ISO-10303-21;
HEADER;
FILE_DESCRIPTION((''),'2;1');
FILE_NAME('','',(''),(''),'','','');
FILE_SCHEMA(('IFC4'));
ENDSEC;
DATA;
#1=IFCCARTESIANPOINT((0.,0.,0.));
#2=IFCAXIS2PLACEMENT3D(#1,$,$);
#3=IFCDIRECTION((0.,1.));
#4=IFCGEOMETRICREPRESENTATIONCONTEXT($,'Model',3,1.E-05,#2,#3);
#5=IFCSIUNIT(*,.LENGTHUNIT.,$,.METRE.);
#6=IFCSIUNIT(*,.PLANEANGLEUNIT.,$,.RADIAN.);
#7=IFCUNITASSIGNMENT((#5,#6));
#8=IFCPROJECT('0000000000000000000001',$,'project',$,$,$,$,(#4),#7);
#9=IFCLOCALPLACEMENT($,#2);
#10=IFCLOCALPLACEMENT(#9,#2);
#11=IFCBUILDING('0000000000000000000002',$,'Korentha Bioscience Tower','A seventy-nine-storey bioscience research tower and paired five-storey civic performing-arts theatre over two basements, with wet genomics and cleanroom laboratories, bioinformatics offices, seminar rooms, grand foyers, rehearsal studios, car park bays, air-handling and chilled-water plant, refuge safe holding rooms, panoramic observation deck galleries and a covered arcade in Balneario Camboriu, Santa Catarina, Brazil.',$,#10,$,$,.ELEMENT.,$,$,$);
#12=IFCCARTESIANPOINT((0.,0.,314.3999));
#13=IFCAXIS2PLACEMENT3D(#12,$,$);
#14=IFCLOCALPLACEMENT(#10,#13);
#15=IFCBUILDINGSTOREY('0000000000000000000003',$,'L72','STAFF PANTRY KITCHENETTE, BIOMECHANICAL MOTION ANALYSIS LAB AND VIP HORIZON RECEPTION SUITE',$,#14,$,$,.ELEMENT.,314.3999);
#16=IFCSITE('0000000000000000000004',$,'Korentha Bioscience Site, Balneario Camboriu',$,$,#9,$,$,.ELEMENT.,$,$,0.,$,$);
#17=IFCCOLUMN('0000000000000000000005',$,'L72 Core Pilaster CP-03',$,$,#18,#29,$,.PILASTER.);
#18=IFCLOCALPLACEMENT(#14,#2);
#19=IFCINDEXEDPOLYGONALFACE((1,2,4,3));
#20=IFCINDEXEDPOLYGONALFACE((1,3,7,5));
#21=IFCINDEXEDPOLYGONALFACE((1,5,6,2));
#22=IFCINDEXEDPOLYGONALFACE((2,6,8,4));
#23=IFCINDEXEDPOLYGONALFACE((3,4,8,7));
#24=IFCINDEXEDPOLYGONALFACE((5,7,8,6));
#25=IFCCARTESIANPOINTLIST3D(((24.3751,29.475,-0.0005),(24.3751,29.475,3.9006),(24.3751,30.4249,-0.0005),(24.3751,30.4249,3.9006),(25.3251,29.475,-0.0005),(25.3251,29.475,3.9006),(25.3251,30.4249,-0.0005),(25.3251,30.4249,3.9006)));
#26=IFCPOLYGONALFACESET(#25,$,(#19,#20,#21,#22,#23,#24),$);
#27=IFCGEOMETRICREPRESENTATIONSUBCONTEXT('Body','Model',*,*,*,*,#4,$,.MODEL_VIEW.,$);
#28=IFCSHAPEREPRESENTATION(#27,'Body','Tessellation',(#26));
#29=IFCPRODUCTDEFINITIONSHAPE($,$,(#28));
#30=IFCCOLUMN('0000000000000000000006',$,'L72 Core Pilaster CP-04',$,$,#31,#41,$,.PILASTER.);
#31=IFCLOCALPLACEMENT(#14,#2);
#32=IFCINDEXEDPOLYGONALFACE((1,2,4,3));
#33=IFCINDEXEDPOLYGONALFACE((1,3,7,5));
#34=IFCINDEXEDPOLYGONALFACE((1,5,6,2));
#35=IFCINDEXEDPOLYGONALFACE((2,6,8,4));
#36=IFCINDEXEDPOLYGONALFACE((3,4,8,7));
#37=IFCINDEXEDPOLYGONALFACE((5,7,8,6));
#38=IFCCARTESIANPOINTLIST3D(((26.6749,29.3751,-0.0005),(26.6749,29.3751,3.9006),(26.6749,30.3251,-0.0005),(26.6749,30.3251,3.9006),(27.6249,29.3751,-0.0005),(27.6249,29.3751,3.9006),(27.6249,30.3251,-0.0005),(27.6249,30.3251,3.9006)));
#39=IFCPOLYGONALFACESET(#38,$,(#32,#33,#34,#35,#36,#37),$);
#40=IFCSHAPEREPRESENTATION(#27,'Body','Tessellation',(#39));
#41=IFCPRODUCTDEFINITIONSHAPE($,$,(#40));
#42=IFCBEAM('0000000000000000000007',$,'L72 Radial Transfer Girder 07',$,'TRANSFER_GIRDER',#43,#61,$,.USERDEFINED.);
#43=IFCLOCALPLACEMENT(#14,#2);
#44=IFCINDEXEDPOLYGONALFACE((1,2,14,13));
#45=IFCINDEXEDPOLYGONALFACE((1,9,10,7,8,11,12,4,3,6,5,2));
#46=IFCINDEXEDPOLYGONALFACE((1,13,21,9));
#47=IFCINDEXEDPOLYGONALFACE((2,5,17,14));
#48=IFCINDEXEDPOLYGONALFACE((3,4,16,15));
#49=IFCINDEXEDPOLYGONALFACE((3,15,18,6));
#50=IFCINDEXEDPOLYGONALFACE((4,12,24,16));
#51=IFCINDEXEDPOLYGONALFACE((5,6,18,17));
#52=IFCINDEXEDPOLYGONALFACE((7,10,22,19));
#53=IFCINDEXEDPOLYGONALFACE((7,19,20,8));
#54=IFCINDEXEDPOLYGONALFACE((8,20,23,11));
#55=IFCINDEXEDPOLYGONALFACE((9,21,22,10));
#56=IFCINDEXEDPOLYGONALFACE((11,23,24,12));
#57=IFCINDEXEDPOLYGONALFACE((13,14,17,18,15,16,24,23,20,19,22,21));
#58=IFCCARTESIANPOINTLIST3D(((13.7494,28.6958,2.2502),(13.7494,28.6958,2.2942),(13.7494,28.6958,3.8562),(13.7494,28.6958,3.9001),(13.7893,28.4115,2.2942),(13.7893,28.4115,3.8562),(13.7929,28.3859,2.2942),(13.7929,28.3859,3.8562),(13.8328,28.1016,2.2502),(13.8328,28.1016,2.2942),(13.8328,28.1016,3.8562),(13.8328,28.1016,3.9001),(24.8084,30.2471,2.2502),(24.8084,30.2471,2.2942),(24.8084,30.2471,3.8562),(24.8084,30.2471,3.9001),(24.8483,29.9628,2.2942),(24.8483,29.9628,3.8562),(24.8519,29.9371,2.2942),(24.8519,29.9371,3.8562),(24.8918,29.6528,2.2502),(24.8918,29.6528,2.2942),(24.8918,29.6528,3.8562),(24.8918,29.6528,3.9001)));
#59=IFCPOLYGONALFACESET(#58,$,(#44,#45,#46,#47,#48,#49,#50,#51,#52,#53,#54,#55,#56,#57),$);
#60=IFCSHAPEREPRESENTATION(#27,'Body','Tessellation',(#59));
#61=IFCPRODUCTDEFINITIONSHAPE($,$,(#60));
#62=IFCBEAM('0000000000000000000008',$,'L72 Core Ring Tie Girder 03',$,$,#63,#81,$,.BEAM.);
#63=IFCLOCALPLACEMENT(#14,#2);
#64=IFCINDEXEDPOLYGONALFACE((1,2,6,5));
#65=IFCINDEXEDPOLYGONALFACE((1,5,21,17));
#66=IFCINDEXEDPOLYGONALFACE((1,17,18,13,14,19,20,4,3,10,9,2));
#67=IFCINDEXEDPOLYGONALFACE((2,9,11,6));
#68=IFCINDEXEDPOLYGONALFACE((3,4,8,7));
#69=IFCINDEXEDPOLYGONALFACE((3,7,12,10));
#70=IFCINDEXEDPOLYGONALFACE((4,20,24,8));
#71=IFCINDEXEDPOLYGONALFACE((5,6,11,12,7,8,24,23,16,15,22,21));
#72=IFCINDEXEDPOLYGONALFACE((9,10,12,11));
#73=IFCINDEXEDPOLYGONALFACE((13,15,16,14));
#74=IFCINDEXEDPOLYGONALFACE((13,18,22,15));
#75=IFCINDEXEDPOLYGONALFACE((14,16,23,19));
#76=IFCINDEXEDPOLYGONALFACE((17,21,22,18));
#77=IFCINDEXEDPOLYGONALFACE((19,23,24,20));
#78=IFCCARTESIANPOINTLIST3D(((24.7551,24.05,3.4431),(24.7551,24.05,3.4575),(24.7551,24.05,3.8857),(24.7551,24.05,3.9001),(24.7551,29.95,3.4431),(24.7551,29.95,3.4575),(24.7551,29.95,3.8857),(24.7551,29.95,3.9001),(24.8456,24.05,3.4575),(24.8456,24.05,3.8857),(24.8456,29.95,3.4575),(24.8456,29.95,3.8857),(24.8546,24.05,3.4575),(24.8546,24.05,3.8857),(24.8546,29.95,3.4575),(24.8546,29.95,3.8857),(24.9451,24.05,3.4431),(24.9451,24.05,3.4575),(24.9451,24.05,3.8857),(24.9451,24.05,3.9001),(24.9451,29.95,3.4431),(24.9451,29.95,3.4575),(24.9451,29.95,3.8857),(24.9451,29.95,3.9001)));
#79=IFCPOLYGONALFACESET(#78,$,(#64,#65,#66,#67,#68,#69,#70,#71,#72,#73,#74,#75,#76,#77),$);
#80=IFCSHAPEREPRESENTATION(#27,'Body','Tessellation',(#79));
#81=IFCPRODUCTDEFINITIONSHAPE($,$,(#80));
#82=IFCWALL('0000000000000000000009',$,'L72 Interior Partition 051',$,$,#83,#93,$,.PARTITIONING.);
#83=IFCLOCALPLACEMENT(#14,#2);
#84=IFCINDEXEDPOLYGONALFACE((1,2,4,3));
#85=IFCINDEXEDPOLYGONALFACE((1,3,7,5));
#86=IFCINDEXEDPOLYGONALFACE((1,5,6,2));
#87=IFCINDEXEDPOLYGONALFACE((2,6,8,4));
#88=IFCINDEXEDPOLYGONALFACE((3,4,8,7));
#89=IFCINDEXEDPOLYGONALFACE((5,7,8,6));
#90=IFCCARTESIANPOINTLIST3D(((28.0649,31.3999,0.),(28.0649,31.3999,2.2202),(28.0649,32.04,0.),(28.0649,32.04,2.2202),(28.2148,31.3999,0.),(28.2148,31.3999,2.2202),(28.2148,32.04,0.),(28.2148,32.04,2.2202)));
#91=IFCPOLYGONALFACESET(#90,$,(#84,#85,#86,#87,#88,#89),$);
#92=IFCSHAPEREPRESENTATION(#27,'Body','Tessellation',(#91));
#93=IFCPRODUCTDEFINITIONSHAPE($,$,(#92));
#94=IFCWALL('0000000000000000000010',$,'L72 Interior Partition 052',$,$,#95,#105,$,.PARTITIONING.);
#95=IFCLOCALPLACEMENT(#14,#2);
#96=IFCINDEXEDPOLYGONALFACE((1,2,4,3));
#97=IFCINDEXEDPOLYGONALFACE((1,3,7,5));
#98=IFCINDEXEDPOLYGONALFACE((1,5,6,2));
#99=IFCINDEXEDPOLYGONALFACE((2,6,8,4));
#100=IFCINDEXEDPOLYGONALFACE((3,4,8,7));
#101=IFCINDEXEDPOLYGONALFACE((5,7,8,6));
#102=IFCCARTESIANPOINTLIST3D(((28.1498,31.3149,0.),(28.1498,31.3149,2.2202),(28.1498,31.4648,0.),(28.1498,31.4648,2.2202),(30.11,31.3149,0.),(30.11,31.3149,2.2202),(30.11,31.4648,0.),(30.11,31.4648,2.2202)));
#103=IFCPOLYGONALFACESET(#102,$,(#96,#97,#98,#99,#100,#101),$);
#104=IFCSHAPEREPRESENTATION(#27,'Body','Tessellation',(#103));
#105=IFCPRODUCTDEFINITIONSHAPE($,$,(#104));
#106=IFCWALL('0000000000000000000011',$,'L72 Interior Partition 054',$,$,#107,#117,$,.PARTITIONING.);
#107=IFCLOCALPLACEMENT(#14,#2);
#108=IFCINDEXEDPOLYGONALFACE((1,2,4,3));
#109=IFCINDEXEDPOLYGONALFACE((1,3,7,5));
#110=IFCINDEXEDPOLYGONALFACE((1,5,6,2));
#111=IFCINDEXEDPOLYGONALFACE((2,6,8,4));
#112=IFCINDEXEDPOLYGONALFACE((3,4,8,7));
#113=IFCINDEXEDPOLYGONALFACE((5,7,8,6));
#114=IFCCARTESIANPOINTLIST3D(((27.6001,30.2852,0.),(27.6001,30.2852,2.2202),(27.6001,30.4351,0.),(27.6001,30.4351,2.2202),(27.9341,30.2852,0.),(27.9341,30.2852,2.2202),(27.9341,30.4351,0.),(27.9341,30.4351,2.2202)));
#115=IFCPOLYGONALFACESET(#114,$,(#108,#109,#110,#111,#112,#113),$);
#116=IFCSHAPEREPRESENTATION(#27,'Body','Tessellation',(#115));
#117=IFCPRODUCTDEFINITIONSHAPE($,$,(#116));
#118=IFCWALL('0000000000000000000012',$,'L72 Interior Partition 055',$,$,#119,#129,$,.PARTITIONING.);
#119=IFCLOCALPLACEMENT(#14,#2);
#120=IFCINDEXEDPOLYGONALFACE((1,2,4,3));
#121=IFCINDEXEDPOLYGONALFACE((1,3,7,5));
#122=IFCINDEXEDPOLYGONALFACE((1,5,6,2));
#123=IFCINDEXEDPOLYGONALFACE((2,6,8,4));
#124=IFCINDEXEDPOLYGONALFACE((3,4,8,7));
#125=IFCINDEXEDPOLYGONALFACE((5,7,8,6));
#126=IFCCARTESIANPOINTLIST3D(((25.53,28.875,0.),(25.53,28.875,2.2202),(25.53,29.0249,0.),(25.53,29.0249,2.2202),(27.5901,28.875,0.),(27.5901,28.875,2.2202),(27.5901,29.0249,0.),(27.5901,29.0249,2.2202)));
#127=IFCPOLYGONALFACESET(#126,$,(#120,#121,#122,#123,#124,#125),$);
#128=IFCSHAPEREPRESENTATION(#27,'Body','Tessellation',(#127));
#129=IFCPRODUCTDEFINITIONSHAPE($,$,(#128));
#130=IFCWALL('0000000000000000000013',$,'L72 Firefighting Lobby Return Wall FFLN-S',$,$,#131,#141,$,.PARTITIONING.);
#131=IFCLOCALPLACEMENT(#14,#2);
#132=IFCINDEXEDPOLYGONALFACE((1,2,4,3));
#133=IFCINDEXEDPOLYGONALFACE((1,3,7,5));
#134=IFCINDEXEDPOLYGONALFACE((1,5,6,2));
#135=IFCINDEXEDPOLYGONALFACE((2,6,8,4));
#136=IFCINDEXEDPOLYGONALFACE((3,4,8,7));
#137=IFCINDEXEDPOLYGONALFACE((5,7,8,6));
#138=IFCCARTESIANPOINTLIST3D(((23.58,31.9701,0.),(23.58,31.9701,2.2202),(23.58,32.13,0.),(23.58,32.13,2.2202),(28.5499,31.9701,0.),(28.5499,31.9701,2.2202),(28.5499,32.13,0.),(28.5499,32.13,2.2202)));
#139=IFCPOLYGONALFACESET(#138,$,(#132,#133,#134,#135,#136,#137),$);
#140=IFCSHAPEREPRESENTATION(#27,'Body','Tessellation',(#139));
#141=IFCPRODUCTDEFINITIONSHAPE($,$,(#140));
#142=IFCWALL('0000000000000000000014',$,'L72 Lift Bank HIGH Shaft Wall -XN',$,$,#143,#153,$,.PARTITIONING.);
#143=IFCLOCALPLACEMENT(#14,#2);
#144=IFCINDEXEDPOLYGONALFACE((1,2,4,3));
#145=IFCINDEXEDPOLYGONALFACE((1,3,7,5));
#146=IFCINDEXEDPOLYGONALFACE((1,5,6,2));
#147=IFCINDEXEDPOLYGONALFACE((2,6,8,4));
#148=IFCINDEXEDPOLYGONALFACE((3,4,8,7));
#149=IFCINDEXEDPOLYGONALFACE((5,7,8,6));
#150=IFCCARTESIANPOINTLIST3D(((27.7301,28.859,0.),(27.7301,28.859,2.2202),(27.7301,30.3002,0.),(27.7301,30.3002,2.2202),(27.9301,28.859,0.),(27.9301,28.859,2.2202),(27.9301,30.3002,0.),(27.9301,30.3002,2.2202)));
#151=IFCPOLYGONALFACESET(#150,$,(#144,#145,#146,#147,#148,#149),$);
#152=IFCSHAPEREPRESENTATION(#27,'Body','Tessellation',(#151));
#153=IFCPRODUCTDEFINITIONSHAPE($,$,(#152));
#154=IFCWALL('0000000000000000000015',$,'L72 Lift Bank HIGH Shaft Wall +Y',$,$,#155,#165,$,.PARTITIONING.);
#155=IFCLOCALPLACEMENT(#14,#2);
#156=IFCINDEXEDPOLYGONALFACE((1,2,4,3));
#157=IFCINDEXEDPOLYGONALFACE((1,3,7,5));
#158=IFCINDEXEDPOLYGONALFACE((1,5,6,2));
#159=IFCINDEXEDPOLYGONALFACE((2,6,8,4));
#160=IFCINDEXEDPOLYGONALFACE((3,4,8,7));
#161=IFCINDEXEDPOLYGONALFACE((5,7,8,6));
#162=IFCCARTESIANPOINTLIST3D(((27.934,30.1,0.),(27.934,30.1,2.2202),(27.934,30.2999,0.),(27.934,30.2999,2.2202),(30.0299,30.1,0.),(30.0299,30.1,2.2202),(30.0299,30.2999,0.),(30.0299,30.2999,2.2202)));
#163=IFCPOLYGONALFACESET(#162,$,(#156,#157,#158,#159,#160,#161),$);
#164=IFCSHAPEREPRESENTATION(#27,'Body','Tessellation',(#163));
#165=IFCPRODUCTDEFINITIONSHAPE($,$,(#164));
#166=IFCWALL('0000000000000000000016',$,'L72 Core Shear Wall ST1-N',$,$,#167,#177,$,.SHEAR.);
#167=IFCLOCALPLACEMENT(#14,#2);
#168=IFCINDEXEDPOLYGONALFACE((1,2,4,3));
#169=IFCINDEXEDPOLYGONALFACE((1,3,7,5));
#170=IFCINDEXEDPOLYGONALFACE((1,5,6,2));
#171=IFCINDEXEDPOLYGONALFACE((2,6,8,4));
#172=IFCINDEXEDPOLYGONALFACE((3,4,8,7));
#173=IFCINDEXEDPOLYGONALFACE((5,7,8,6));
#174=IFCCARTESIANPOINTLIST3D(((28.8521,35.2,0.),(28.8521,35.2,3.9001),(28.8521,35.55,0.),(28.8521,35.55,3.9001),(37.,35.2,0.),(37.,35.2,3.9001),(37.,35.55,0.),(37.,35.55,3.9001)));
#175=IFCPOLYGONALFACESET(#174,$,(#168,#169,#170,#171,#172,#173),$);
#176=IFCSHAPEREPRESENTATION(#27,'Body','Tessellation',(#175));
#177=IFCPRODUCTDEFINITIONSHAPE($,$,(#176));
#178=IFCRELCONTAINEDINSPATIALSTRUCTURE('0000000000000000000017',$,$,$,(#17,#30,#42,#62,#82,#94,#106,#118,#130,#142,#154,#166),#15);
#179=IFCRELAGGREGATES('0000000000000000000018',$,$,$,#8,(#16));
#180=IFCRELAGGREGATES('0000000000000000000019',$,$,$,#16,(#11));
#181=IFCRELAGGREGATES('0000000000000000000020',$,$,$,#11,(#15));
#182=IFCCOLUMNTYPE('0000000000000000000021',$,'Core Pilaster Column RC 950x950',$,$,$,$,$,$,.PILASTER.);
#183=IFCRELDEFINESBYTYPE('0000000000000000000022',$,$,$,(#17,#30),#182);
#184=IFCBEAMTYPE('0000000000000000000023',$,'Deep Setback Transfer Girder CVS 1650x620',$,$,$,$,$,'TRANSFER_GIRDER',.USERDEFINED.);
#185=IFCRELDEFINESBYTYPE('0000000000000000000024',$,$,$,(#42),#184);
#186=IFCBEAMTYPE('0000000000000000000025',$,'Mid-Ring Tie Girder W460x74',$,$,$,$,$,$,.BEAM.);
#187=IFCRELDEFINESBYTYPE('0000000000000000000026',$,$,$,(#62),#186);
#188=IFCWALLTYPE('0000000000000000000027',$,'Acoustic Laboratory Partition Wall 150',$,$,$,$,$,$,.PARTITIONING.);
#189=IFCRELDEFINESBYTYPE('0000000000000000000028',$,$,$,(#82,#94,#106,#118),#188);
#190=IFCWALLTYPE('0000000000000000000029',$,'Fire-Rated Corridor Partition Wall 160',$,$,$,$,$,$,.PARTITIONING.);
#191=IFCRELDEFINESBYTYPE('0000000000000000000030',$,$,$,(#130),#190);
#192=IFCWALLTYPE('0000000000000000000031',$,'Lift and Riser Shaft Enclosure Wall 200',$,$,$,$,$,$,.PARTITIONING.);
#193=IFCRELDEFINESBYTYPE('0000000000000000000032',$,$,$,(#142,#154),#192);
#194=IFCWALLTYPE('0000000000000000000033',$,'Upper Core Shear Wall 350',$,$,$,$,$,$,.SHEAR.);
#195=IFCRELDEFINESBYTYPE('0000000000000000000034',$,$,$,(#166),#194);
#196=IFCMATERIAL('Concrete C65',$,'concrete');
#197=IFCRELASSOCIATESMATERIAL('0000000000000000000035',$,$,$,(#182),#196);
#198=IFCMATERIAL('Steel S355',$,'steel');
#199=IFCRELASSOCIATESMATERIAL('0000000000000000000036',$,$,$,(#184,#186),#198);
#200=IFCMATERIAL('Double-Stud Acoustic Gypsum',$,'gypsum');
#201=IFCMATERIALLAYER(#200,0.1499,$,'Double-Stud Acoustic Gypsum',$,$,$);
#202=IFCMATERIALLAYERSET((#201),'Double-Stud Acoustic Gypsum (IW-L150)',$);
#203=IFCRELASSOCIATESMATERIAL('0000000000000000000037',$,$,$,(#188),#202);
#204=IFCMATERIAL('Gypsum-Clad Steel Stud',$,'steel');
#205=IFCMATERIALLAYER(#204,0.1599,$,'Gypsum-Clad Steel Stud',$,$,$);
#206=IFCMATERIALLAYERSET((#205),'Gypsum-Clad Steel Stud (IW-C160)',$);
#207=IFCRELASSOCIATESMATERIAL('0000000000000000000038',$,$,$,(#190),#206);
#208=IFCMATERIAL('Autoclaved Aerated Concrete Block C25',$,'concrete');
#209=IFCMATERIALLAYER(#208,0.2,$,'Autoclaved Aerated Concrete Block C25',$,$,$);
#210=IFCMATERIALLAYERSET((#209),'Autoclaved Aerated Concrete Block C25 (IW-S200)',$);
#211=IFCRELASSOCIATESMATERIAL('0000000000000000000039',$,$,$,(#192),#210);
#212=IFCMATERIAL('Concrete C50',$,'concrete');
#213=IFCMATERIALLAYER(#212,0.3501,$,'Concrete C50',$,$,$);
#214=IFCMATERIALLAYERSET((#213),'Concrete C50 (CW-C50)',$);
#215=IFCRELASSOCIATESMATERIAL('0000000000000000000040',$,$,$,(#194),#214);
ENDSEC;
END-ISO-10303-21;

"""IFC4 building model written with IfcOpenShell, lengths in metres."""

from ifc_helpers import new_model, si_unit, direction, frame, frame_2d, origin, origin_2d, place, context, subcontext, project, spatial, rectangle, i_section, extrude, material, layer, layer_set, material_profile, profile_set, type_object, element, save


model = new_model("IFC4")

# Units and contexts
model_context = context("Model", 3, precision=1e-05, world=origin(), true_north=direction((0.0, 1.0)))
body_context = subcontext(model_context, "Body", "Model", "MODEL_VIEW")
ifc_project = project(units=[si_unit("LENGTHUNIT", "METRE"), si_unit("PLANEANGLEUNIT", "RADIAN")], contexts=[model_context])

# Site, building, storey
site_placement = place(None, origin())
site = spatial("IfcSite", under=ifc_project, at=site_placement, Name="Korentha Bioscience Site, Balneario Camboriu", CompositionType="ELEMENT", RefElevation=0.0)
building_placement = place(site_placement, origin())
building = spatial("IfcBuilding", under=site, at=building_placement, Name="Korentha Bioscience Tower", Description="A seventy-nine-storey bioscience research tower and paired five-storey civic performing-arts theatre over two basements, with wet genomics and cleanroom laboratories, bioinformatics offices, seminar rooms, grand foyers, rehearsal studios, car park bays, air-handling and chilled-water plant, refuge safe holding rooms, panoramic observation deck galleries and a covered arcade in Balneario Camboriu, Santa Catarina, Brazil.", CompositionType="ELEMENT")
storey_placement = place(building_placement, frame((0.0, 0.0, 314.3999)))
storey = spatial("IfcBuildingStorey", under=building, at=storey_placement, Name="L72", Description="STAFF PANTRY KITCHENETTE, BIOMECHANICAL MOTION ANALYSIS LAB AND VIP HORIZON RECEPTION SUITE", CompositionType="ELEMENT", Elevation=314.3999)

# Columns
ifc_material_1 = material(Name="Concrete C65", Category="concrete")
ifc_material_profile_1 = material_profile(ifc_material_1, rectangle(XDim=0.95, YDim=0.95, at=origin_2d()), Name="Concrete C65")
ifc_profile_set_1 = profile_set([ifc_material_profile_1], Name="Concrete C65 (COL-CP09)")
column_type = type_object("IfcColumnType", Name="Core Pilaster Column RC 950x950", PredefinedType="PILASTER", material=ifc_profile_set_1)
for number, where, z_axis, x_axis, name in (
    (1, (24.8501, 29.95, -0.0005), (0.0, 0.0, 1.0), (1.0, 0.0, 0.0), "L72 Core Pilaster CP-03"),
    (2, (27.1499, 29.8501, -0.0005), (0.0, 0.0, 1.0), (1.0, 0.0, 0.0), "L72 Core Pilaster CP-04"),
):
    element("IfcColumn", number, at=place(storey_placement, frame(where, z_axis=z_axis, x_axis=x_axis)), inside=storey, type_object=column_type, Name=name, PredefinedType="PILASTER", context=body_context, shape_type="SweptSolid", body=[
        extrude(rectangle(XDim=0.95, YDim=0.95, at=origin_2d()), origin(), (0.0, 0.0, 1.0), 3.9011),
    ])

# Beams
ifc_material_2 = material(Name="Steel S355", Category="steel")
ifc_material_profile_2 = material_profile(ifc_material_2, i_section(OverallWidth=0.6001, OverallDepth=1.6499, WebThickness=0.0259, FlangeThickness=0.0439, at=origin_2d()), Name="Steel S355")
ifc_profile_set_2 = profile_set([ifc_material_profile_2], Name="Steel S355 (TG-04)")
beam_type_1 = type_object("IfcBeamType", Name="Deep Setback Transfer Girder CVS 1650x620", ElementType="TRANSFER_GIRDER", PredefinedType="USERDEFINED", material=ifc_profile_set_2)
beam_1_placement = place(storey_placement, frame((24.8501, 29.95, 3.0752), z_axis=(-0.990305, -0.138911, 0.0), x_axis=(0.138911, -0.990305, 0.0)))
element("IfcBeam", 3, at=beam_1_placement, inside=storey, type_object=beam_type_1, Name="L72 Radial Transfer Girder 07", ObjectType="TRANSFER_GIRDER", PredefinedType="USERDEFINED", context=body_context, shape_type="SweptSolid", body=[
    extrude(i_section(OverallWidth=0.6001, OverallDepth=1.6499, WebThickness=0.0259, FlangeThickness=0.0439, at=origin_2d()), origin(), (0.0, 0.0, 1.0), 11.1672),
])
ifc_material_profile_3 = material_profile(ifc_material_2, i_section(OverallWidth=0.1899, OverallDepth=0.457, WebThickness=0.009, FlangeThickness=0.0144, at=origin_2d()), Name="Steel S355")
ifc_profile_set_3 = profile_set([ifc_material_profile_3], Name="Steel S355 (MB-460)")
beam_type_2 = type_object("IfcBeamType", Name="Mid-Ring Tie Girder W460x74", PredefinedType="BEAM", material=ifc_profile_set_3)
beam_2_placement = place(storey_placement, frame((24.8501, 29.95, 3.6716), z_axis=(0.0, -1.0, 0.0), x_axis=(1.0, 0.0, 0.0)))
element("IfcBeam", 4, at=beam_2_placement, inside=storey, type_object=beam_type_2, Name="L72 Core Ring Tie Girder 03", PredefinedType="BEAM", context=body_context, shape_type="SweptSolid", body=[
    extrude(i_section(OverallWidth=0.1899, OverallDepth=0.457, WebThickness=0.009, FlangeThickness=0.0144, at=origin_2d()), origin(), (0.0, 0.0, 1.0), 5.8999),
])

# Shared definitions
ifc_material_3 = material(Name="Double-Stud Acoustic Gypsum", Category="gypsum")
ifc_layer_1 = layer(ifc_material_3, 0.1499, Name="Double-Stud Acoustic Gypsum")
ifc_layer_set_1 = layer_set([ifc_layer_1], Name="Double-Stud Acoustic Gypsum (IW-L150)")
wall_type_1 = type_object("IfcWallType", Name="Acoustic Laboratory Partition Wall 150", PredefinedType="PARTITIONING", material=ifc_layer_set_1)

# Walls
wall_1_placement = place(storey_placement, frame((28.1399, 32.04, 0.0), z_axis=(0.0, 0.0, 1.0), x_axis=(0.0, -1.0, 0.0)))
element("IfcWall", 5, at=wall_1_placement, inside=storey, type_object=wall_type_1, Name="L72 Interior Partition 051", PredefinedType="PARTITIONING", context=body_context, shape_type="SweptSolid", body=[
    extrude(rectangle(XDim=0.6401, YDim=0.1499, at=frame_2d((0.3201, 0.0))), origin(), (0.0, 0.0, 1.0), 2.2202),
])
wall_2_placement = place(storey_placement, frame((28.1499, 31.3899, 0.0), z_axis=(0.0, 0.0, 1.0), x_axis=(1.0, 0.0, 0.0)))
element("IfcWall", 6, at=wall_2_placement, inside=storey, type_object=wall_type_1, Name="L72 Interior Partition 052", PredefinedType="PARTITIONING", context=body_context, shape_type="SweptSolid", body=[
    extrude(rectangle(XDim=1.9602, YDim=0.1499, at=frame_2d((0.98, 0.0))), origin(), (0.0, 0.0, 1.0), 2.2202),
])
wall_3_placement = place(storey_placement, frame((27.9341, 30.3601, 0.0), z_axis=(0.0, 0.0, 1.0), x_axis=(-1.0, 0.0, 0.0)))
element("IfcWall", 7, at=wall_3_placement, inside=storey, type_object=wall_type_1, Name="L72 Interior Partition 054", PredefinedType="PARTITIONING", context=body_context, shape_type="SweptSolid", body=[
    extrude(rectangle(XDim=0.334, YDim=0.1499, at=frame_2d((0.167, 0.0))), origin(), (0.0, 0.0, 1.0), 2.2202),
])
wall_4_placement = place(storey_placement, frame((27.5901, 28.95, 0.0), z_axis=(0.0, 0.0, 1.0), x_axis=(-1.0, 0.0, 0.0)))
element("IfcWall", 8, at=wall_4_placement, inside=storey, type_object=wall_type_1, Name="L72 Interior Partition 055", PredefinedType="PARTITIONING", context=body_context, shape_type="SweptSolid", body=[
    extrude(rectangle(XDim=2.0601, YDim=0.1499, at=frame_2d((1.03, 0.0))), origin(), (0.0, 0.0, 1.0), 2.2202),
])

# Shared definitions
ifc_material_4 = material(Name="Gypsum-Clad Steel Stud", Category="steel")
ifc_layer_2 = layer(ifc_material_4, 0.1599, Name="Gypsum-Clad Steel Stud")
ifc_layer_set_2 = layer_set([ifc_layer_2], Name="Gypsum-Clad Steel Stud (IW-C160)")
wall_type_2 = type_object("IfcWallType", Name="Fire-Rated Corridor Partition Wall 160", PredefinedType="PARTITIONING", material=ifc_layer_set_2)

# Walls
wall_5_placement = place(storey_placement, frame((23.5801, 32.05, 0.0), z_axis=(0.0, 0.0, 1.0), x_axis=(1.0, 0.0, 0.0)))
element("IfcWall", 9, at=wall_5_placement, inside=storey, type_object=wall_type_2, Name="L72 Firefighting Lobby Return Wall FFLN-S", PredefinedType="PARTITIONING", context=body_context, shape_type="SweptSolid", body=[
    extrude(rectangle(XDim=4.97, YDim=0.1599, at=frame_2d((2.4849, 0.0))), origin(), (0.0, 0.0, 1.0), 2.2202),
])
ifc_material_5 = material(Name="Autoclaved Aerated Concrete Block C25", Category="concrete")
ifc_layer_3 = layer(ifc_material_5, 0.2, Name="Autoclaved Aerated Concrete Block C25")
ifc_layer_set_3 = layer_set([ifc_layer_3], Name="Autoclaved Aerated Concrete Block C25 (IW-S200)")
wall_type_3 = type_object("IfcWallType", Name="Lift and Riser Shaft Enclosure Wall 200", PredefinedType="PARTITIONING", material=ifc_layer_set_3)
wall_6_placement = place(storey_placement, frame((27.8301, 28.8589, 0.0), z_axis=(0.0, 0.0, 1.0), x_axis=(0.0, 1.0, 0.0)))
element("IfcWall", 10, at=wall_6_placement, inside=storey, type_object=wall_type_3, Name="L72 Lift Bank HIGH Shaft Wall -XN", PredefinedType="PARTITIONING", context=body_context, shape_type="SweptSolid", body=[
    extrude(rectangle(XDim=1.4412, YDim=0.2, at=frame_2d((0.7207, 0.0))), origin(), (0.0, 0.0, 1.0), 2.2202),
])
wall_7_placement = place(storey_placement, frame((27.9341, 30.2, 0.0), z_axis=(0.0, 0.0, 1.0), x_axis=(1.0, 0.0, 0.0)))
element("IfcWall", 11, at=wall_7_placement, inside=storey, type_object=wall_type_3, Name="L72 Lift Bank HIGH Shaft Wall +Y", PredefinedType="PARTITIONING", context=body_context, shape_type="SweptSolid", body=[
    extrude(rectangle(XDim=2.0959, YDim=0.2, at=frame_2d((1.0479, 0.0))), origin(), (0.0, 0.0, 1.0), 2.2202),
])
ifc_material_6 = material(Name="Concrete C50", Category="concrete")
ifc_layer_4 = layer(ifc_material_6, 0.3501, Name="Concrete C50")
ifc_layer_set_4 = layer_set([ifc_layer_4], Name="Concrete C50 (CW-C50)")
wall_type_4 = type_object("IfcWallType", Name="Upper Core Shear Wall 350", PredefinedType="SHEAR", material=ifc_layer_set_4)
wall_8_placement = place(storey_placement, frame((28.8521, 35.375, 0.0), z_axis=(0.0, 0.0, 1.0), x_axis=(1.0, 0.0, 0.0)))
element("IfcWall", 12, at=wall_8_placement, inside=storey, type_object=wall_type_4, Name="L72 Core Shear Wall ST1-N", PredefinedType="SHEAR", context=body_context, shape_type="SweptSolid", body=[
    extrude(rectangle(XDim=8.1479, YDim=0.3501, at=frame_2d((4.074, 0.0))), origin(), (0.0, 0.0, 1.0), 3.9001),
])

save(model, "model.ifc")
